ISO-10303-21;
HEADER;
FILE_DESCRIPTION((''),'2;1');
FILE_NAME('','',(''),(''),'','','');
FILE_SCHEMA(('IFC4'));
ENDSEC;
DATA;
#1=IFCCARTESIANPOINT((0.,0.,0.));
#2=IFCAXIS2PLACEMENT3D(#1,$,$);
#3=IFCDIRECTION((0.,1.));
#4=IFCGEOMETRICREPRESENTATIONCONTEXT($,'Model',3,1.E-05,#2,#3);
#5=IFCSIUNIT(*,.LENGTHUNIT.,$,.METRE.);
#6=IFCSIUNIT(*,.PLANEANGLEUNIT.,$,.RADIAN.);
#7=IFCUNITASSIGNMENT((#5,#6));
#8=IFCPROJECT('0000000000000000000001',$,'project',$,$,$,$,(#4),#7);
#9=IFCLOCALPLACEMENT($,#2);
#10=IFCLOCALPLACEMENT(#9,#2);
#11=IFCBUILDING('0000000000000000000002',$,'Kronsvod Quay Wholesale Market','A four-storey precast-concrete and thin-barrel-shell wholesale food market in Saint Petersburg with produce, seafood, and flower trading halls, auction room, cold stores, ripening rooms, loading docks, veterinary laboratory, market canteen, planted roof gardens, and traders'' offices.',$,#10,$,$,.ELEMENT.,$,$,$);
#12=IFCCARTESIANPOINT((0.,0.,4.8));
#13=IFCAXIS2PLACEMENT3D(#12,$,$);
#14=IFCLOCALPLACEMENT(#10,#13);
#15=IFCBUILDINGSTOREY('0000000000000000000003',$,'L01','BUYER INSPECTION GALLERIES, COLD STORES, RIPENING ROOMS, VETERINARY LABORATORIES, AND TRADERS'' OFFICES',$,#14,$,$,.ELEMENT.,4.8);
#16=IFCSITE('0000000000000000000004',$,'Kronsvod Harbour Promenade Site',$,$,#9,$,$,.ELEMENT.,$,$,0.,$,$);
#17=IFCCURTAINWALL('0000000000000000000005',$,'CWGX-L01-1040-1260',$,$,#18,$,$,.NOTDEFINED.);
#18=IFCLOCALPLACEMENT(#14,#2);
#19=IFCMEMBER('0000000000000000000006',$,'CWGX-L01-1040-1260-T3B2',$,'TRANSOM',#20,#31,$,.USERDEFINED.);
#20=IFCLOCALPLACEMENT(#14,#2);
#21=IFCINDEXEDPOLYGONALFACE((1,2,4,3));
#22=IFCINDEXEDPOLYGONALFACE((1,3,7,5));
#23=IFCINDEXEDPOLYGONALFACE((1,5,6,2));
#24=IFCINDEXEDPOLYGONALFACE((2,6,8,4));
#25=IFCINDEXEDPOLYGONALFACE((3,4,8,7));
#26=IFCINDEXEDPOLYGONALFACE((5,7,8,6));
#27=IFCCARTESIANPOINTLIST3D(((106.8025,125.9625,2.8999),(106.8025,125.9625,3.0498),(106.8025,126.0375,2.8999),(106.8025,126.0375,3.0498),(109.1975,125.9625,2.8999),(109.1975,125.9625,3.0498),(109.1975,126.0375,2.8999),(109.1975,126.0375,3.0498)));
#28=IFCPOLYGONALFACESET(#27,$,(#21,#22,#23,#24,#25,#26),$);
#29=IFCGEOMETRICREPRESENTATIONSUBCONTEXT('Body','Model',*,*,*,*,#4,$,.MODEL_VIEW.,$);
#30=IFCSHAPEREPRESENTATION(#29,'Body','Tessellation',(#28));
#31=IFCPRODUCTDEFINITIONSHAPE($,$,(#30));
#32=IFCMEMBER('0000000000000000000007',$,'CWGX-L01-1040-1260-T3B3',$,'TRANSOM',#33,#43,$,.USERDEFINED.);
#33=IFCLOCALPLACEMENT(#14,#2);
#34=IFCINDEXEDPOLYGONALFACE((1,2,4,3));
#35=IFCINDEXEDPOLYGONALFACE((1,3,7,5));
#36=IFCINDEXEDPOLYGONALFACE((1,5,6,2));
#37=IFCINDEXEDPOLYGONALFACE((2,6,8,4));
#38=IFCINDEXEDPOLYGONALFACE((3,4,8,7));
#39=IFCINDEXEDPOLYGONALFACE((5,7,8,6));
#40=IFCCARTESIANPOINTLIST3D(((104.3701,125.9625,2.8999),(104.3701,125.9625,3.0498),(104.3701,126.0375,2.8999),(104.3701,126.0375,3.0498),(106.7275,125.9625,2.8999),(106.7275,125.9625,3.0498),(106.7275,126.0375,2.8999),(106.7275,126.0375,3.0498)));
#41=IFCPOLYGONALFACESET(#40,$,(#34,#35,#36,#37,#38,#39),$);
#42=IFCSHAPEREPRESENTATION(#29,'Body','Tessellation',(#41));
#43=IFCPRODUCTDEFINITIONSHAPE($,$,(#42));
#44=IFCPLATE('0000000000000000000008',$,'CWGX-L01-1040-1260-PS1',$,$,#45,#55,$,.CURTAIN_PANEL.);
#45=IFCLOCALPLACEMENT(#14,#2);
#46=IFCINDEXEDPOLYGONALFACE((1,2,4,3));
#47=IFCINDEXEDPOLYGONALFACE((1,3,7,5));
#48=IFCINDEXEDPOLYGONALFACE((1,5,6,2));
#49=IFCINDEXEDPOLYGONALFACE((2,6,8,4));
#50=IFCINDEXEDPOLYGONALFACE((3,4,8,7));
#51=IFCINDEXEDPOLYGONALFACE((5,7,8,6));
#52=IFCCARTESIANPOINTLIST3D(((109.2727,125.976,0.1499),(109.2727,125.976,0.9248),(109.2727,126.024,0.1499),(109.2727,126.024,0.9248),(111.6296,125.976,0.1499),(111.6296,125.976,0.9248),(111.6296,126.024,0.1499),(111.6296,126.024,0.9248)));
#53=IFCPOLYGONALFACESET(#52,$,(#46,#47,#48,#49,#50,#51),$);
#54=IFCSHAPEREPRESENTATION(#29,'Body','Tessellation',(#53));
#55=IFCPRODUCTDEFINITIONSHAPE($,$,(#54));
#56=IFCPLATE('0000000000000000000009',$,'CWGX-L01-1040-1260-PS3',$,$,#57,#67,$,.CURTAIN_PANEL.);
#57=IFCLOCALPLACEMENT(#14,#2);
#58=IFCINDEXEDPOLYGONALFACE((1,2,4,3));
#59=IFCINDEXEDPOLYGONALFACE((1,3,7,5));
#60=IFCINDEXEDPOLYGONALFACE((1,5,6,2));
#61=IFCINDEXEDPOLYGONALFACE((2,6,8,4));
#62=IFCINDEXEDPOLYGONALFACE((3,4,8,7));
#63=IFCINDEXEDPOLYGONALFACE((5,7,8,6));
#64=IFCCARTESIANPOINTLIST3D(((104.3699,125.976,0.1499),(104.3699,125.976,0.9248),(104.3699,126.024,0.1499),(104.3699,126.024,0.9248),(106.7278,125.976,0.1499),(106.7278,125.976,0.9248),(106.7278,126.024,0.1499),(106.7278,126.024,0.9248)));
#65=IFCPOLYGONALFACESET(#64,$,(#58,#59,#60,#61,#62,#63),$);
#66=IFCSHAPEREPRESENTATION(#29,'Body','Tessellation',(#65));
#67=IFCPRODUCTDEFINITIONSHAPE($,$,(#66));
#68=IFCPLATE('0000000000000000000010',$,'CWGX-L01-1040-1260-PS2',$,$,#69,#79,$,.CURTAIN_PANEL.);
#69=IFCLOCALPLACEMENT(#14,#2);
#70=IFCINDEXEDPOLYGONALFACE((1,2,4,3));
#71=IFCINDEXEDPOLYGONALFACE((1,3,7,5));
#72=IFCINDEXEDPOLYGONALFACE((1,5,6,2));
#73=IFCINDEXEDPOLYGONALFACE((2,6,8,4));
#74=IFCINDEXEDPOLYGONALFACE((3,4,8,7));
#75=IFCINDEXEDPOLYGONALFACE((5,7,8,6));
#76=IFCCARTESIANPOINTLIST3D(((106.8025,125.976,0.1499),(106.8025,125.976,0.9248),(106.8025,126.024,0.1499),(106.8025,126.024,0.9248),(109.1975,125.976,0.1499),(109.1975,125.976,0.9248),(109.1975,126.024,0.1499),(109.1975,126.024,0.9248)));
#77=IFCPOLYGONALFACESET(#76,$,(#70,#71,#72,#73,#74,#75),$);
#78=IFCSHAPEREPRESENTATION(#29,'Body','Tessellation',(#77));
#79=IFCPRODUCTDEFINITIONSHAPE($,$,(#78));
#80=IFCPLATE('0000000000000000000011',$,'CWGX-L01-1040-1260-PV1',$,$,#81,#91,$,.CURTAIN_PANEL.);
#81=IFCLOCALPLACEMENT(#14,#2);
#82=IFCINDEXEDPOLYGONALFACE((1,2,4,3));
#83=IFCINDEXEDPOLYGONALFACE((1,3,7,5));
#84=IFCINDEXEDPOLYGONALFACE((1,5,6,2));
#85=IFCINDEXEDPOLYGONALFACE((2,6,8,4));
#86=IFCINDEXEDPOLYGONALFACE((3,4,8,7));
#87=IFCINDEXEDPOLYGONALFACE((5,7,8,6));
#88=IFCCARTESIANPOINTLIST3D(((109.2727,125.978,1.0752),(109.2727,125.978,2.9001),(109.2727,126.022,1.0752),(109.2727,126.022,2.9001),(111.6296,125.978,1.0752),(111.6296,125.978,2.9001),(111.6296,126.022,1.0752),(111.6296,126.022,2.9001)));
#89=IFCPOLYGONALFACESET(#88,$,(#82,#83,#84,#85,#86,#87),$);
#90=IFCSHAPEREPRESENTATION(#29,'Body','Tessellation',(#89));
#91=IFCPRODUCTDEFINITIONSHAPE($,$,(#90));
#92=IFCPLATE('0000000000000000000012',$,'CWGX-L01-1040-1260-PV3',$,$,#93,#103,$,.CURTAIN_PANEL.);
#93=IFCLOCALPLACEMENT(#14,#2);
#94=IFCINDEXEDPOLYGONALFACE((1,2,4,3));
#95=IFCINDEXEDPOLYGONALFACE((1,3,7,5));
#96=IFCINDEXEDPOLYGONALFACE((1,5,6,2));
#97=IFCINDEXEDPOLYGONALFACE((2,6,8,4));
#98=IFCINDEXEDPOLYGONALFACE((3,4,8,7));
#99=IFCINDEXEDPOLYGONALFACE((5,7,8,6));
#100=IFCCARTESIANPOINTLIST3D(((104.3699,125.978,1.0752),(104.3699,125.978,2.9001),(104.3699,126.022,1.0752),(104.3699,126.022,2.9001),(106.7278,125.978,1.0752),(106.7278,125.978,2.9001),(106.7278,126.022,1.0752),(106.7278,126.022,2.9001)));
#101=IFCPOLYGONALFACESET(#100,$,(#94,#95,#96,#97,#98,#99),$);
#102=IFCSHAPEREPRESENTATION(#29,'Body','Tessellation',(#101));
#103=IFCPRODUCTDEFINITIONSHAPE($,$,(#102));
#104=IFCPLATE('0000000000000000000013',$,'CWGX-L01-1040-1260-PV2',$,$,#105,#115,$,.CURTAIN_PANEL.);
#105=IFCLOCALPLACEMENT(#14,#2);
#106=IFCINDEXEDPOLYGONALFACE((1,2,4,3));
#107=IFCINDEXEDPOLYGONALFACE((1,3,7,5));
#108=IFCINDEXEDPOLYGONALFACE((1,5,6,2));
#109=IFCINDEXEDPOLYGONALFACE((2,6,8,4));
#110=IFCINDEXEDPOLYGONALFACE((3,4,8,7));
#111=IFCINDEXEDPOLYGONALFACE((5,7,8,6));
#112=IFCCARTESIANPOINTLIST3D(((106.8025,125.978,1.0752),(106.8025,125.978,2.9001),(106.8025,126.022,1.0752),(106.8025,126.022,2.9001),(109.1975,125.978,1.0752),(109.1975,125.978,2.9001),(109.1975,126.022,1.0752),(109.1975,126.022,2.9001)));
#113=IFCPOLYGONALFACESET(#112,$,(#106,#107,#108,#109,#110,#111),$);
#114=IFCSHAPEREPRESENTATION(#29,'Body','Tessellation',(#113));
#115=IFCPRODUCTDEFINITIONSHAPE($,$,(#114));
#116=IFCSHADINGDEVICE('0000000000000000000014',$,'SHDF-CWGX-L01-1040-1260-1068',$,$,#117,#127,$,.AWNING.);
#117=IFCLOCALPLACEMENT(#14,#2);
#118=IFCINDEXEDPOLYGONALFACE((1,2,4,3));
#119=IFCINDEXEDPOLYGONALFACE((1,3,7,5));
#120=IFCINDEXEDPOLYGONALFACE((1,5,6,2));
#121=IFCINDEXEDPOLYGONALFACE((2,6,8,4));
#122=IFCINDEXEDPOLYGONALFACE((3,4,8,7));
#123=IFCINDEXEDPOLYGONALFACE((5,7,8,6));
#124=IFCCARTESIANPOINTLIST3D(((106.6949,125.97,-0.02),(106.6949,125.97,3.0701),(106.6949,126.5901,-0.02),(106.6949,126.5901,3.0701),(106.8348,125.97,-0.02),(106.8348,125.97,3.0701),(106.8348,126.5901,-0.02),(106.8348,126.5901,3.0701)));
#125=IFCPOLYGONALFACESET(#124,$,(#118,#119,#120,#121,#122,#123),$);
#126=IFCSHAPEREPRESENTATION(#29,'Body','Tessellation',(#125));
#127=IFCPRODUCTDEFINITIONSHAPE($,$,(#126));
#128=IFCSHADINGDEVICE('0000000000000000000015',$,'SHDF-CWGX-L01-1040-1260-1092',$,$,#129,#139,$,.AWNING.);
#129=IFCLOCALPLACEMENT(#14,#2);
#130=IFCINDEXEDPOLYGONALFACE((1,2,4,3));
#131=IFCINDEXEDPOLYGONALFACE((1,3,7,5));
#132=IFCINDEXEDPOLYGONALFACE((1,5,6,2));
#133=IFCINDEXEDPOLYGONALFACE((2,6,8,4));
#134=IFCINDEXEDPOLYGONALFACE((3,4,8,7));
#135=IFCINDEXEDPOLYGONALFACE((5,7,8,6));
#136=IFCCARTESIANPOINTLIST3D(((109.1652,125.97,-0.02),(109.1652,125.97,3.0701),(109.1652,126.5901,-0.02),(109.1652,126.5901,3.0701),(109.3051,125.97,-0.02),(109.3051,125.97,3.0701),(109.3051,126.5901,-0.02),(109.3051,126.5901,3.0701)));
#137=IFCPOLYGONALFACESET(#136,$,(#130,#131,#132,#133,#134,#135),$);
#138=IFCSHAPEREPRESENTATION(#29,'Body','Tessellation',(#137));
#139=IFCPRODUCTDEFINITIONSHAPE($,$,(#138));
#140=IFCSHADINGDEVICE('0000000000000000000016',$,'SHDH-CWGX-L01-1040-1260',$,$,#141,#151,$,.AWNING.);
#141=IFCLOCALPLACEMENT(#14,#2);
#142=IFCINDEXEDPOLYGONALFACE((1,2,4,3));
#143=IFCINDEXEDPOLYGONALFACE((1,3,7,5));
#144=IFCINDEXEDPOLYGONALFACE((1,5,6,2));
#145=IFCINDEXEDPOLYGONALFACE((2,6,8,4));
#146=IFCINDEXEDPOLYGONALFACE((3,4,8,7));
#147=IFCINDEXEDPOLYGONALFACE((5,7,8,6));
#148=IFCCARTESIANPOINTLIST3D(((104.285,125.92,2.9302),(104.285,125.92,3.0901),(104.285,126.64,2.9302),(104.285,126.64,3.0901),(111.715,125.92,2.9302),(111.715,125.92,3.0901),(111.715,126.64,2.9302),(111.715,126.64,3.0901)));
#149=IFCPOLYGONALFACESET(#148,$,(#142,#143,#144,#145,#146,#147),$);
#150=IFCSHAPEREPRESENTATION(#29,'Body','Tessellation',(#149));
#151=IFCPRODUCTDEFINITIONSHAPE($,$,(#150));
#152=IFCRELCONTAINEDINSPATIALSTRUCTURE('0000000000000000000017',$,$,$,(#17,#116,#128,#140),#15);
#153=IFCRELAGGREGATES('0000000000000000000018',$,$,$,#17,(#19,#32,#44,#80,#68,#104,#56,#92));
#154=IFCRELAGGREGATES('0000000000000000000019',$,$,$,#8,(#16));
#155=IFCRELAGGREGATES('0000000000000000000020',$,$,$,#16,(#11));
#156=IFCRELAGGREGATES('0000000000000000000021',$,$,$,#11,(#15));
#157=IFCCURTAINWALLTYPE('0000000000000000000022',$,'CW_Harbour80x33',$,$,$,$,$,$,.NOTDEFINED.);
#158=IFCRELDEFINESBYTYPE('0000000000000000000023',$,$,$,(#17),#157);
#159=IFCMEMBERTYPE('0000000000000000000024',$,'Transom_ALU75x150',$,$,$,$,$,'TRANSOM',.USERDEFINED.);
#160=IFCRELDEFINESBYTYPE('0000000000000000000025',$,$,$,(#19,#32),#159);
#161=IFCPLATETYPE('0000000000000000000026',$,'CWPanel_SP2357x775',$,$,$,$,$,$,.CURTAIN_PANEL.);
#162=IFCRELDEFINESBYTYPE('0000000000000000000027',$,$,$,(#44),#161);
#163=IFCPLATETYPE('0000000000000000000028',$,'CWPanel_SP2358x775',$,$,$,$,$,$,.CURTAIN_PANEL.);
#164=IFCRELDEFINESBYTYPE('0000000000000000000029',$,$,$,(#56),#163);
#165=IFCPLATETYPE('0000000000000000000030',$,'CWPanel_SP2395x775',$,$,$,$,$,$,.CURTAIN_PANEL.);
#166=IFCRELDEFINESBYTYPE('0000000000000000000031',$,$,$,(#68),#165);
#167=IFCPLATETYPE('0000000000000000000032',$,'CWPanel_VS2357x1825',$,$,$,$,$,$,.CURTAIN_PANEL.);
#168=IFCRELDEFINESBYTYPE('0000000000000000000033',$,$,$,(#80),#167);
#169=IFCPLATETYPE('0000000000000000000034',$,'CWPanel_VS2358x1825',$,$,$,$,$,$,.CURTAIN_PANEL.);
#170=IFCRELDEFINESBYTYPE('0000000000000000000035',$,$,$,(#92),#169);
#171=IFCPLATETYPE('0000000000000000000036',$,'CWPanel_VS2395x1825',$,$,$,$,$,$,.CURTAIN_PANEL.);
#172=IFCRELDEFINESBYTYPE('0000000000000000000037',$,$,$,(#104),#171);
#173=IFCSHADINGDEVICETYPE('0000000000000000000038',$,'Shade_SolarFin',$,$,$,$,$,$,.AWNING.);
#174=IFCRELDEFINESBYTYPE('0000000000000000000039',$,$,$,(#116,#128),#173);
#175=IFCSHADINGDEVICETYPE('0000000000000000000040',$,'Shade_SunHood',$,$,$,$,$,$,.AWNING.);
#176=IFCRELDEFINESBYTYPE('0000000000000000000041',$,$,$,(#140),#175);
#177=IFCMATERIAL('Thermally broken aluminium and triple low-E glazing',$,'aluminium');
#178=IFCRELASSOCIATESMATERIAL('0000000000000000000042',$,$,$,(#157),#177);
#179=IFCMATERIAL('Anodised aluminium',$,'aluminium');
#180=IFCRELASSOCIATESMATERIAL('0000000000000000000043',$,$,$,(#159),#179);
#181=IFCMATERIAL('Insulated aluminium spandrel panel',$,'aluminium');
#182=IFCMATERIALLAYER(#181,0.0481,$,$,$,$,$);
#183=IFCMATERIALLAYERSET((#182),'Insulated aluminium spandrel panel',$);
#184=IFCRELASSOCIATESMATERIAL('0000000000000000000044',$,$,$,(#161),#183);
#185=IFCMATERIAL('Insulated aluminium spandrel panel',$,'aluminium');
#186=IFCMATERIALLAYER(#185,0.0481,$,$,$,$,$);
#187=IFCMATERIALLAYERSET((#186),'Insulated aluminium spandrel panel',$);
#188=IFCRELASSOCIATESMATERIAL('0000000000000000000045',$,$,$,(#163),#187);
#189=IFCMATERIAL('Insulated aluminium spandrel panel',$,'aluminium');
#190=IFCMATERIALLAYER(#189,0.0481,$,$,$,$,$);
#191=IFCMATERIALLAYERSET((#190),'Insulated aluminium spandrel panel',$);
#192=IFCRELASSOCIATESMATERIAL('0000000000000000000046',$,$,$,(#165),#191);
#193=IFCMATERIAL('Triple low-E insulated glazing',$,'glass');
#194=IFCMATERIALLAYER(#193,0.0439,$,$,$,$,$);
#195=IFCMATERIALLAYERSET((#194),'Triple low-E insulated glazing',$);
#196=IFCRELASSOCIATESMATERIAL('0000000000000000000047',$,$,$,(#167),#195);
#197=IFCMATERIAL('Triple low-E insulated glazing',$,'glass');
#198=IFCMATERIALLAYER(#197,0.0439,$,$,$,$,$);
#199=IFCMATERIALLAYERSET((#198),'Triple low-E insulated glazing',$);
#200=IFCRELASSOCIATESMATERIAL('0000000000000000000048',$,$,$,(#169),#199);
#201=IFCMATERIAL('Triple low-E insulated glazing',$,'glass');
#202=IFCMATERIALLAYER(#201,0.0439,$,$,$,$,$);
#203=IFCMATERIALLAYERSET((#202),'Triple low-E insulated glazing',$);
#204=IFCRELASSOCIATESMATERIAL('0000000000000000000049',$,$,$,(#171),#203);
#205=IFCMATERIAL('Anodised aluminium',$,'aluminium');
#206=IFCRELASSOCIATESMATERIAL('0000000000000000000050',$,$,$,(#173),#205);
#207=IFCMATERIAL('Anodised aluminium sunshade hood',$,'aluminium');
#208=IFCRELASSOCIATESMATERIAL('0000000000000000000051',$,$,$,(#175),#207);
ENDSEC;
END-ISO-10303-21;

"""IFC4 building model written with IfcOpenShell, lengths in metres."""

from ifc_helpers import new_model, si_unit, direction, frame, origin, origin_2d, place, context, subcontext, project, spatial, rectangle, extrude, material, layer, layer_set, material_profile, profile_set, type_object, element, aggregate, save


model = new_model("IFC4")

# Units and contexts
model_context = context("Model", 3, precision=1e-05, world=origin(), true_north=direction((0.0, 1.0)))
body_context = subcontext(model_context, "Body", "Model", "MODEL_VIEW")
ifc_project = project(units=[si_unit("LENGTHUNIT", "METRE"), si_unit("PLANEANGLEUNIT", "RADIAN")], contexts=[model_context])

# Site, building, storey
site_placement = place(None, origin())
site = spatial("IfcSite", under=ifc_project, at=site_placement, Name="Kronsvod Harbour Promenade Site", CompositionType="ELEMENT", RefElevation=0.0)
building_placement = place(site_placement, origin())
building = spatial("IfcBuilding", under=site, at=building_placement, Name="Kronsvod Quay Wholesale Market", Description="A four-storey precast-concrete and thin-barrel-shell wholesale food market in Saint Petersburg with produce, seafood, and flower trading halls, auction room, cold stores, ripening rooms, loading docks, veterinary laboratory, market canteen, planted roof gardens, and traders' offices.", CompositionType="ELEMENT")
storey_placement = place(building_placement, frame((0.0, 0.0, 4.8)))
storey = spatial("IfcBuildingStorey", under=building, at=storey_placement, Name="L01", Description="BUYER INSPECTION GALLERIES, COLD STORES, RIPENING ROOMS, VETERINARY LABORATORIES, AND TRADERS' OFFICES", CompositionType="ELEMENT", Elevation=4.8)

# Shared definitions
ifc_material_1 = material(Name="Thermally broken aluminium and triple low-E glazing", Category="aluminium")
curtain_wall_type = type_object("IfcCurtainWallType", Name="CW_Harbour80x33", PredefinedType="NOTDEFINED", material=ifc_material_1)

# Curtain wall
curtain_wall_1_placement = place(storey_placement, origin())
curtain_wall_1 = element("IfcCurtainWall", 1, at=curtain_wall_1_placement, inside=storey, type_object=curtain_wall_type, Name="CWGX-L01-1040-1260", PredefinedType="NOTDEFINED")

# Members
ifc_material_2 = material(Name="Anodised aluminium", Category="aluminium")
ifc_material_profile_1 = material_profile(ifc_material_2, rectangle(XDim=0.075, YDim=0.1499, at=origin_2d()), Name="ALUT75x150")
ifc_profile_set_1 = profile_set([ifc_material_profile_1], Name="Anodised aluminium")
member_type_1 = type_object("IfcMemberType", Name="Transom_ALU75x150", ElementType="TRANSOM", PredefinedType="USERDEFINED", material=ifc_profile_set_1)
member_1_placement = place(storey_placement, frame((109.1975, 126.0, 2.9749), z_axis=(-1.0, 0.0, 0.0), x_axis=(0.0, -1.0, 0.0)))
member_1 = element("IfcMember", 2, at=member_1_placement, type_object=member_type_1, Name="CWGX-L01-1040-1260-T3B2", ObjectType="TRANSOM", PredefinedType="USERDEFINED", context=body_context, shape_type="SweptSolid", body=[
    extrude(rectangle(XDim=0.075, YDim=0.1499, at=origin_2d()), origin(), (0.0, 0.0, 1.0), 2.395),
])
member_2_placement = place(storey_placement, frame((106.7275, 126.0, 2.9749), z_axis=(-1.0, 0.0, 0.0), x_axis=(0.0, -1.0, 0.0)))
member_2 = element("IfcMember", 3, at=member_2_placement, type_object=member_type_1, Name="CWGX-L01-1040-1260-T3B3", ObjectType="TRANSOM", PredefinedType="USERDEFINED", context=body_context, shape_type="SweptSolid", body=[
    extrude(rectangle(XDim=0.075, YDim=0.1499, at=origin_2d()), origin(), (0.0, 0.0, 1.0), 2.3574),
])

# Plates
ifc_material_3 = material(Name="Insulated aluminium spandrel panel", Category="aluminium")
ifc_layer_1 = layer(ifc_material_3, 0.0481)
ifc_layer_set_1 = layer_set([ifc_layer_1], Name="Insulated aluminium spandrel panel")
plate_type_1 = type_object("IfcPlateType", Name="CWPanel_SP2357x775", PredefinedType="CURTAIN_PANEL", material=ifc_layer_set_1)
plate_1_placement = place(storey_placement, frame((110.4512, 126.0, 0.1499), z_axis=(0.0, 0.0, 1.0), x_axis=(-1.0, 0.0, 0.0)))
plate_1 = element("IfcPlate", 4, at=plate_1_placement, type_object=plate_type_1, Name="CWGX-L01-1040-1260-PS1", PredefinedType="CURTAIN_PANEL", context=body_context, shape_type="SweptSolid", body=[
    extrude(rectangle(XDim=2.3569, YDim=0.0481, at=origin_2d()), origin(), (0.0, 0.0, 1.0), 0.7749),
])
ifc_material_4 = material(Name="Insulated aluminium spandrel panel", Category="aluminium")
ifc_layer_2 = layer(ifc_material_4, 0.0481)
ifc_layer_set_2 = layer_set([ifc_layer_2], Name="Insulated aluminium spandrel panel")
plate_type_2 = type_object("IfcPlateType", Name="CWPanel_SP2358x775", PredefinedType="CURTAIN_PANEL", material=ifc_layer_set_2)
plate_2_placement = place(storey_placement, frame((105.5488, 126.0, 0.1499), z_axis=(0.0, 0.0, 1.0), x_axis=(-1.0, 0.0, 0.0)))
plate_2 = element("IfcPlate", 5, at=plate_2_placement, type_object=plate_type_2, Name="CWGX-L01-1040-1260-PS3", PredefinedType="CURTAIN_PANEL", context=body_context, shape_type="SweptSolid", body=[
    extrude(rectangle(XDim=2.3579, YDim=0.0481, at=origin_2d()), origin(), (0.0, 0.0, 1.0), 0.7749),
])
ifc_material_5 = material(Name="Insulated aluminium spandrel panel", Category="aluminium")
ifc_layer_3 = layer(ifc_material_5, 0.0481)
ifc_layer_set_3 = layer_set([ifc_layer_3], Name="Insulated aluminium spandrel panel")
plate_type_3 = type_object("IfcPlateType", Name="CWPanel_SP2395x775", PredefinedType="CURTAIN_PANEL", material=ifc_layer_set_3)
plate_3_placement = place(storey_placement, frame((108.0, 126.0, 0.1499), z_axis=(0.0, 0.0, 1.0), x_axis=(-1.0, 0.0, 0.0)))
plate_3 = element("IfcPlate", 6, at=plate_3_placement, type_object=plate_type_3, Name="CWGX-L01-1040-1260-PS2", PredefinedType="CURTAIN_PANEL", context=body_context, shape_type="SweptSolid", body=[
    extrude(rectangle(XDim=2.395, YDim=0.0481, at=origin_2d()), origin(), (0.0, 0.0, 1.0), 0.7749),
])
ifc_material_6 = material(Name="Triple low-E insulated glazing", Category="glass")
ifc_layer_4 = layer(ifc_material_6, 0.0439)
ifc_layer_set_4 = layer_set([ifc_layer_4], Name="Triple low-E insulated glazing")
plate_type_4 = type_object("IfcPlateType", Name="CWPanel_VS2357x1825", PredefinedType="CURTAIN_PANEL", material=ifc_layer_set_4)
plate_4_placement = place(storey_placement, frame((110.4512, 126.0, 1.0752), z_axis=(0.0, 0.0, 1.0), x_axis=(-1.0, 0.0, 0.0)))
plate_4 = element("IfcPlate", 7, at=plate_4_placement, type_object=plate_type_4, Name="CWGX-L01-1040-1260-PV1", PredefinedType="CURTAIN_PANEL", context=body_context, shape_type="SweptSolid", body=[
    extrude(rectangle(XDim=2.3569, YDim=0.0439, at=origin_2d()), origin(), (0.0, 0.0, 1.0), 1.825),
])
ifc_material_7 = material(Name="Triple low-E insulated glazing", Category="glass")
ifc_layer_5 = layer(ifc_material_7, 0.0439)
ifc_layer_set_5 = layer_set([ifc_layer_5], Name="Triple low-E insulated glazing")
plate_type_5 = type_object("IfcPlateType", Name="CWPanel_VS2358x1825", PredefinedType="CURTAIN_PANEL", material=ifc_layer_set_5)
plate_5_placement = place(storey_placement, frame((105.5488, 126.0, 1.0752), z_axis=(0.0, 0.0, 1.0), x_axis=(-1.0, 0.0, 0.0)))
plate_5 = element("IfcPlate", 8, at=plate_5_placement, type_object=plate_type_5, Name="CWGX-L01-1040-1260-PV3", PredefinedType="CURTAIN_PANEL", context=body_context, shape_type="SweptSolid", body=[
    extrude(rectangle(XDim=2.3579, YDim=0.0439, at=origin_2d()), origin(), (0.0, 0.0, 1.0), 1.825),
])
ifc_material_8 = material(Name="Triple low-E insulated glazing", Category="glass")
ifc_layer_6 = layer(ifc_material_8, 0.0439)
ifc_layer_set_6 = layer_set([ifc_layer_6], Name="Triple low-E insulated glazing")
plate_type_6 = type_object("IfcPlateType", Name="CWPanel_VS2395x1825", PredefinedType="CURTAIN_PANEL", material=ifc_layer_set_6)
plate_6_placement = place(storey_placement, frame((108.0, 126.0, 1.0752), z_axis=(0.0, 0.0, 1.0), x_axis=(-1.0, 0.0, 0.0)))
plate_6 = element("IfcPlate", 9, at=plate_6_placement, type_object=plate_type_6, Name="CWGX-L01-1040-1260-PV2", PredefinedType="CURTAIN_PANEL", context=body_context, shape_type="SweptSolid", body=[
    extrude(rectangle(XDim=2.395, YDim=0.0439, at=origin_2d()), origin(), (0.0, 0.0, 1.0), 1.825),
])
aggregate(curtain_wall_1, [member_1, member_2, plate_1, plate_4, plate_3, plate_6, plate_2, plate_5])

# Shading devices
ifc_material_9 = material(Name="Anodised aluminium", Category="aluminium")
shading_device_type_1 = type_object("IfcShadingDeviceType", Name="Shade_SolarFin", PredefinedType="AWNING", material=ifc_material_9)
for number, where, z_axis, x_axis, name in (
    (10, (106.7649, 126.28, -0.02), (0.0, 0.0, 1.0), (1.0, 0.0, 0.0), "SHDF-CWGX-L01-1040-1260-1068"),
    (11, (109.2351, 126.28, -0.02), (0.0, 0.0, 1.0), (1.0, 0.0, 0.0), "SHDF-CWGX-L01-1040-1260-1092"),
):
    element("IfcShadingDevice", number, at=place(storey_placement, frame(where, z_axis=z_axis, x_axis=x_axis)), inside=storey, type_object=shading_device_type_1, Name=name, PredefinedType="AWNING", context=body_context, shape_type="SweptSolid", body=[
        extrude(rectangle(XDim=0.1399, YDim=0.6201, at=origin_2d()), origin(), (0.0, 0.0, 1.0), 3.0901),
    ])
ifc_material_10 = material(Name="Anodised aluminium sunshade hood", Category="aluminium")
shading_device_type_2 = type_object("IfcShadingDeviceType", Name="Shade_SunHood", PredefinedType="AWNING", material=ifc_material_10)
shading_device_placement = place(storey_placement, frame((108.0, 126.28, 2.9302), z_axis=(0.0, 0.0, 1.0), x_axis=(1.0, 0.0, 0.0)))
element("IfcShadingDevice", 12, at=shading_device_placement, inside=storey, type_object=shading_device_type_2, Name="SHDH-CWGX-L01-1040-1260", PredefinedType="AWNING", context=body_context, shape_type="SweptSolid", body=[
    extrude(rectangle(XDim=7.4299, YDim=0.72, at=origin_2d()), origin(), (0.0, 0.0, 1.0), 0.1599),
])

save(model, "model.ifc")
